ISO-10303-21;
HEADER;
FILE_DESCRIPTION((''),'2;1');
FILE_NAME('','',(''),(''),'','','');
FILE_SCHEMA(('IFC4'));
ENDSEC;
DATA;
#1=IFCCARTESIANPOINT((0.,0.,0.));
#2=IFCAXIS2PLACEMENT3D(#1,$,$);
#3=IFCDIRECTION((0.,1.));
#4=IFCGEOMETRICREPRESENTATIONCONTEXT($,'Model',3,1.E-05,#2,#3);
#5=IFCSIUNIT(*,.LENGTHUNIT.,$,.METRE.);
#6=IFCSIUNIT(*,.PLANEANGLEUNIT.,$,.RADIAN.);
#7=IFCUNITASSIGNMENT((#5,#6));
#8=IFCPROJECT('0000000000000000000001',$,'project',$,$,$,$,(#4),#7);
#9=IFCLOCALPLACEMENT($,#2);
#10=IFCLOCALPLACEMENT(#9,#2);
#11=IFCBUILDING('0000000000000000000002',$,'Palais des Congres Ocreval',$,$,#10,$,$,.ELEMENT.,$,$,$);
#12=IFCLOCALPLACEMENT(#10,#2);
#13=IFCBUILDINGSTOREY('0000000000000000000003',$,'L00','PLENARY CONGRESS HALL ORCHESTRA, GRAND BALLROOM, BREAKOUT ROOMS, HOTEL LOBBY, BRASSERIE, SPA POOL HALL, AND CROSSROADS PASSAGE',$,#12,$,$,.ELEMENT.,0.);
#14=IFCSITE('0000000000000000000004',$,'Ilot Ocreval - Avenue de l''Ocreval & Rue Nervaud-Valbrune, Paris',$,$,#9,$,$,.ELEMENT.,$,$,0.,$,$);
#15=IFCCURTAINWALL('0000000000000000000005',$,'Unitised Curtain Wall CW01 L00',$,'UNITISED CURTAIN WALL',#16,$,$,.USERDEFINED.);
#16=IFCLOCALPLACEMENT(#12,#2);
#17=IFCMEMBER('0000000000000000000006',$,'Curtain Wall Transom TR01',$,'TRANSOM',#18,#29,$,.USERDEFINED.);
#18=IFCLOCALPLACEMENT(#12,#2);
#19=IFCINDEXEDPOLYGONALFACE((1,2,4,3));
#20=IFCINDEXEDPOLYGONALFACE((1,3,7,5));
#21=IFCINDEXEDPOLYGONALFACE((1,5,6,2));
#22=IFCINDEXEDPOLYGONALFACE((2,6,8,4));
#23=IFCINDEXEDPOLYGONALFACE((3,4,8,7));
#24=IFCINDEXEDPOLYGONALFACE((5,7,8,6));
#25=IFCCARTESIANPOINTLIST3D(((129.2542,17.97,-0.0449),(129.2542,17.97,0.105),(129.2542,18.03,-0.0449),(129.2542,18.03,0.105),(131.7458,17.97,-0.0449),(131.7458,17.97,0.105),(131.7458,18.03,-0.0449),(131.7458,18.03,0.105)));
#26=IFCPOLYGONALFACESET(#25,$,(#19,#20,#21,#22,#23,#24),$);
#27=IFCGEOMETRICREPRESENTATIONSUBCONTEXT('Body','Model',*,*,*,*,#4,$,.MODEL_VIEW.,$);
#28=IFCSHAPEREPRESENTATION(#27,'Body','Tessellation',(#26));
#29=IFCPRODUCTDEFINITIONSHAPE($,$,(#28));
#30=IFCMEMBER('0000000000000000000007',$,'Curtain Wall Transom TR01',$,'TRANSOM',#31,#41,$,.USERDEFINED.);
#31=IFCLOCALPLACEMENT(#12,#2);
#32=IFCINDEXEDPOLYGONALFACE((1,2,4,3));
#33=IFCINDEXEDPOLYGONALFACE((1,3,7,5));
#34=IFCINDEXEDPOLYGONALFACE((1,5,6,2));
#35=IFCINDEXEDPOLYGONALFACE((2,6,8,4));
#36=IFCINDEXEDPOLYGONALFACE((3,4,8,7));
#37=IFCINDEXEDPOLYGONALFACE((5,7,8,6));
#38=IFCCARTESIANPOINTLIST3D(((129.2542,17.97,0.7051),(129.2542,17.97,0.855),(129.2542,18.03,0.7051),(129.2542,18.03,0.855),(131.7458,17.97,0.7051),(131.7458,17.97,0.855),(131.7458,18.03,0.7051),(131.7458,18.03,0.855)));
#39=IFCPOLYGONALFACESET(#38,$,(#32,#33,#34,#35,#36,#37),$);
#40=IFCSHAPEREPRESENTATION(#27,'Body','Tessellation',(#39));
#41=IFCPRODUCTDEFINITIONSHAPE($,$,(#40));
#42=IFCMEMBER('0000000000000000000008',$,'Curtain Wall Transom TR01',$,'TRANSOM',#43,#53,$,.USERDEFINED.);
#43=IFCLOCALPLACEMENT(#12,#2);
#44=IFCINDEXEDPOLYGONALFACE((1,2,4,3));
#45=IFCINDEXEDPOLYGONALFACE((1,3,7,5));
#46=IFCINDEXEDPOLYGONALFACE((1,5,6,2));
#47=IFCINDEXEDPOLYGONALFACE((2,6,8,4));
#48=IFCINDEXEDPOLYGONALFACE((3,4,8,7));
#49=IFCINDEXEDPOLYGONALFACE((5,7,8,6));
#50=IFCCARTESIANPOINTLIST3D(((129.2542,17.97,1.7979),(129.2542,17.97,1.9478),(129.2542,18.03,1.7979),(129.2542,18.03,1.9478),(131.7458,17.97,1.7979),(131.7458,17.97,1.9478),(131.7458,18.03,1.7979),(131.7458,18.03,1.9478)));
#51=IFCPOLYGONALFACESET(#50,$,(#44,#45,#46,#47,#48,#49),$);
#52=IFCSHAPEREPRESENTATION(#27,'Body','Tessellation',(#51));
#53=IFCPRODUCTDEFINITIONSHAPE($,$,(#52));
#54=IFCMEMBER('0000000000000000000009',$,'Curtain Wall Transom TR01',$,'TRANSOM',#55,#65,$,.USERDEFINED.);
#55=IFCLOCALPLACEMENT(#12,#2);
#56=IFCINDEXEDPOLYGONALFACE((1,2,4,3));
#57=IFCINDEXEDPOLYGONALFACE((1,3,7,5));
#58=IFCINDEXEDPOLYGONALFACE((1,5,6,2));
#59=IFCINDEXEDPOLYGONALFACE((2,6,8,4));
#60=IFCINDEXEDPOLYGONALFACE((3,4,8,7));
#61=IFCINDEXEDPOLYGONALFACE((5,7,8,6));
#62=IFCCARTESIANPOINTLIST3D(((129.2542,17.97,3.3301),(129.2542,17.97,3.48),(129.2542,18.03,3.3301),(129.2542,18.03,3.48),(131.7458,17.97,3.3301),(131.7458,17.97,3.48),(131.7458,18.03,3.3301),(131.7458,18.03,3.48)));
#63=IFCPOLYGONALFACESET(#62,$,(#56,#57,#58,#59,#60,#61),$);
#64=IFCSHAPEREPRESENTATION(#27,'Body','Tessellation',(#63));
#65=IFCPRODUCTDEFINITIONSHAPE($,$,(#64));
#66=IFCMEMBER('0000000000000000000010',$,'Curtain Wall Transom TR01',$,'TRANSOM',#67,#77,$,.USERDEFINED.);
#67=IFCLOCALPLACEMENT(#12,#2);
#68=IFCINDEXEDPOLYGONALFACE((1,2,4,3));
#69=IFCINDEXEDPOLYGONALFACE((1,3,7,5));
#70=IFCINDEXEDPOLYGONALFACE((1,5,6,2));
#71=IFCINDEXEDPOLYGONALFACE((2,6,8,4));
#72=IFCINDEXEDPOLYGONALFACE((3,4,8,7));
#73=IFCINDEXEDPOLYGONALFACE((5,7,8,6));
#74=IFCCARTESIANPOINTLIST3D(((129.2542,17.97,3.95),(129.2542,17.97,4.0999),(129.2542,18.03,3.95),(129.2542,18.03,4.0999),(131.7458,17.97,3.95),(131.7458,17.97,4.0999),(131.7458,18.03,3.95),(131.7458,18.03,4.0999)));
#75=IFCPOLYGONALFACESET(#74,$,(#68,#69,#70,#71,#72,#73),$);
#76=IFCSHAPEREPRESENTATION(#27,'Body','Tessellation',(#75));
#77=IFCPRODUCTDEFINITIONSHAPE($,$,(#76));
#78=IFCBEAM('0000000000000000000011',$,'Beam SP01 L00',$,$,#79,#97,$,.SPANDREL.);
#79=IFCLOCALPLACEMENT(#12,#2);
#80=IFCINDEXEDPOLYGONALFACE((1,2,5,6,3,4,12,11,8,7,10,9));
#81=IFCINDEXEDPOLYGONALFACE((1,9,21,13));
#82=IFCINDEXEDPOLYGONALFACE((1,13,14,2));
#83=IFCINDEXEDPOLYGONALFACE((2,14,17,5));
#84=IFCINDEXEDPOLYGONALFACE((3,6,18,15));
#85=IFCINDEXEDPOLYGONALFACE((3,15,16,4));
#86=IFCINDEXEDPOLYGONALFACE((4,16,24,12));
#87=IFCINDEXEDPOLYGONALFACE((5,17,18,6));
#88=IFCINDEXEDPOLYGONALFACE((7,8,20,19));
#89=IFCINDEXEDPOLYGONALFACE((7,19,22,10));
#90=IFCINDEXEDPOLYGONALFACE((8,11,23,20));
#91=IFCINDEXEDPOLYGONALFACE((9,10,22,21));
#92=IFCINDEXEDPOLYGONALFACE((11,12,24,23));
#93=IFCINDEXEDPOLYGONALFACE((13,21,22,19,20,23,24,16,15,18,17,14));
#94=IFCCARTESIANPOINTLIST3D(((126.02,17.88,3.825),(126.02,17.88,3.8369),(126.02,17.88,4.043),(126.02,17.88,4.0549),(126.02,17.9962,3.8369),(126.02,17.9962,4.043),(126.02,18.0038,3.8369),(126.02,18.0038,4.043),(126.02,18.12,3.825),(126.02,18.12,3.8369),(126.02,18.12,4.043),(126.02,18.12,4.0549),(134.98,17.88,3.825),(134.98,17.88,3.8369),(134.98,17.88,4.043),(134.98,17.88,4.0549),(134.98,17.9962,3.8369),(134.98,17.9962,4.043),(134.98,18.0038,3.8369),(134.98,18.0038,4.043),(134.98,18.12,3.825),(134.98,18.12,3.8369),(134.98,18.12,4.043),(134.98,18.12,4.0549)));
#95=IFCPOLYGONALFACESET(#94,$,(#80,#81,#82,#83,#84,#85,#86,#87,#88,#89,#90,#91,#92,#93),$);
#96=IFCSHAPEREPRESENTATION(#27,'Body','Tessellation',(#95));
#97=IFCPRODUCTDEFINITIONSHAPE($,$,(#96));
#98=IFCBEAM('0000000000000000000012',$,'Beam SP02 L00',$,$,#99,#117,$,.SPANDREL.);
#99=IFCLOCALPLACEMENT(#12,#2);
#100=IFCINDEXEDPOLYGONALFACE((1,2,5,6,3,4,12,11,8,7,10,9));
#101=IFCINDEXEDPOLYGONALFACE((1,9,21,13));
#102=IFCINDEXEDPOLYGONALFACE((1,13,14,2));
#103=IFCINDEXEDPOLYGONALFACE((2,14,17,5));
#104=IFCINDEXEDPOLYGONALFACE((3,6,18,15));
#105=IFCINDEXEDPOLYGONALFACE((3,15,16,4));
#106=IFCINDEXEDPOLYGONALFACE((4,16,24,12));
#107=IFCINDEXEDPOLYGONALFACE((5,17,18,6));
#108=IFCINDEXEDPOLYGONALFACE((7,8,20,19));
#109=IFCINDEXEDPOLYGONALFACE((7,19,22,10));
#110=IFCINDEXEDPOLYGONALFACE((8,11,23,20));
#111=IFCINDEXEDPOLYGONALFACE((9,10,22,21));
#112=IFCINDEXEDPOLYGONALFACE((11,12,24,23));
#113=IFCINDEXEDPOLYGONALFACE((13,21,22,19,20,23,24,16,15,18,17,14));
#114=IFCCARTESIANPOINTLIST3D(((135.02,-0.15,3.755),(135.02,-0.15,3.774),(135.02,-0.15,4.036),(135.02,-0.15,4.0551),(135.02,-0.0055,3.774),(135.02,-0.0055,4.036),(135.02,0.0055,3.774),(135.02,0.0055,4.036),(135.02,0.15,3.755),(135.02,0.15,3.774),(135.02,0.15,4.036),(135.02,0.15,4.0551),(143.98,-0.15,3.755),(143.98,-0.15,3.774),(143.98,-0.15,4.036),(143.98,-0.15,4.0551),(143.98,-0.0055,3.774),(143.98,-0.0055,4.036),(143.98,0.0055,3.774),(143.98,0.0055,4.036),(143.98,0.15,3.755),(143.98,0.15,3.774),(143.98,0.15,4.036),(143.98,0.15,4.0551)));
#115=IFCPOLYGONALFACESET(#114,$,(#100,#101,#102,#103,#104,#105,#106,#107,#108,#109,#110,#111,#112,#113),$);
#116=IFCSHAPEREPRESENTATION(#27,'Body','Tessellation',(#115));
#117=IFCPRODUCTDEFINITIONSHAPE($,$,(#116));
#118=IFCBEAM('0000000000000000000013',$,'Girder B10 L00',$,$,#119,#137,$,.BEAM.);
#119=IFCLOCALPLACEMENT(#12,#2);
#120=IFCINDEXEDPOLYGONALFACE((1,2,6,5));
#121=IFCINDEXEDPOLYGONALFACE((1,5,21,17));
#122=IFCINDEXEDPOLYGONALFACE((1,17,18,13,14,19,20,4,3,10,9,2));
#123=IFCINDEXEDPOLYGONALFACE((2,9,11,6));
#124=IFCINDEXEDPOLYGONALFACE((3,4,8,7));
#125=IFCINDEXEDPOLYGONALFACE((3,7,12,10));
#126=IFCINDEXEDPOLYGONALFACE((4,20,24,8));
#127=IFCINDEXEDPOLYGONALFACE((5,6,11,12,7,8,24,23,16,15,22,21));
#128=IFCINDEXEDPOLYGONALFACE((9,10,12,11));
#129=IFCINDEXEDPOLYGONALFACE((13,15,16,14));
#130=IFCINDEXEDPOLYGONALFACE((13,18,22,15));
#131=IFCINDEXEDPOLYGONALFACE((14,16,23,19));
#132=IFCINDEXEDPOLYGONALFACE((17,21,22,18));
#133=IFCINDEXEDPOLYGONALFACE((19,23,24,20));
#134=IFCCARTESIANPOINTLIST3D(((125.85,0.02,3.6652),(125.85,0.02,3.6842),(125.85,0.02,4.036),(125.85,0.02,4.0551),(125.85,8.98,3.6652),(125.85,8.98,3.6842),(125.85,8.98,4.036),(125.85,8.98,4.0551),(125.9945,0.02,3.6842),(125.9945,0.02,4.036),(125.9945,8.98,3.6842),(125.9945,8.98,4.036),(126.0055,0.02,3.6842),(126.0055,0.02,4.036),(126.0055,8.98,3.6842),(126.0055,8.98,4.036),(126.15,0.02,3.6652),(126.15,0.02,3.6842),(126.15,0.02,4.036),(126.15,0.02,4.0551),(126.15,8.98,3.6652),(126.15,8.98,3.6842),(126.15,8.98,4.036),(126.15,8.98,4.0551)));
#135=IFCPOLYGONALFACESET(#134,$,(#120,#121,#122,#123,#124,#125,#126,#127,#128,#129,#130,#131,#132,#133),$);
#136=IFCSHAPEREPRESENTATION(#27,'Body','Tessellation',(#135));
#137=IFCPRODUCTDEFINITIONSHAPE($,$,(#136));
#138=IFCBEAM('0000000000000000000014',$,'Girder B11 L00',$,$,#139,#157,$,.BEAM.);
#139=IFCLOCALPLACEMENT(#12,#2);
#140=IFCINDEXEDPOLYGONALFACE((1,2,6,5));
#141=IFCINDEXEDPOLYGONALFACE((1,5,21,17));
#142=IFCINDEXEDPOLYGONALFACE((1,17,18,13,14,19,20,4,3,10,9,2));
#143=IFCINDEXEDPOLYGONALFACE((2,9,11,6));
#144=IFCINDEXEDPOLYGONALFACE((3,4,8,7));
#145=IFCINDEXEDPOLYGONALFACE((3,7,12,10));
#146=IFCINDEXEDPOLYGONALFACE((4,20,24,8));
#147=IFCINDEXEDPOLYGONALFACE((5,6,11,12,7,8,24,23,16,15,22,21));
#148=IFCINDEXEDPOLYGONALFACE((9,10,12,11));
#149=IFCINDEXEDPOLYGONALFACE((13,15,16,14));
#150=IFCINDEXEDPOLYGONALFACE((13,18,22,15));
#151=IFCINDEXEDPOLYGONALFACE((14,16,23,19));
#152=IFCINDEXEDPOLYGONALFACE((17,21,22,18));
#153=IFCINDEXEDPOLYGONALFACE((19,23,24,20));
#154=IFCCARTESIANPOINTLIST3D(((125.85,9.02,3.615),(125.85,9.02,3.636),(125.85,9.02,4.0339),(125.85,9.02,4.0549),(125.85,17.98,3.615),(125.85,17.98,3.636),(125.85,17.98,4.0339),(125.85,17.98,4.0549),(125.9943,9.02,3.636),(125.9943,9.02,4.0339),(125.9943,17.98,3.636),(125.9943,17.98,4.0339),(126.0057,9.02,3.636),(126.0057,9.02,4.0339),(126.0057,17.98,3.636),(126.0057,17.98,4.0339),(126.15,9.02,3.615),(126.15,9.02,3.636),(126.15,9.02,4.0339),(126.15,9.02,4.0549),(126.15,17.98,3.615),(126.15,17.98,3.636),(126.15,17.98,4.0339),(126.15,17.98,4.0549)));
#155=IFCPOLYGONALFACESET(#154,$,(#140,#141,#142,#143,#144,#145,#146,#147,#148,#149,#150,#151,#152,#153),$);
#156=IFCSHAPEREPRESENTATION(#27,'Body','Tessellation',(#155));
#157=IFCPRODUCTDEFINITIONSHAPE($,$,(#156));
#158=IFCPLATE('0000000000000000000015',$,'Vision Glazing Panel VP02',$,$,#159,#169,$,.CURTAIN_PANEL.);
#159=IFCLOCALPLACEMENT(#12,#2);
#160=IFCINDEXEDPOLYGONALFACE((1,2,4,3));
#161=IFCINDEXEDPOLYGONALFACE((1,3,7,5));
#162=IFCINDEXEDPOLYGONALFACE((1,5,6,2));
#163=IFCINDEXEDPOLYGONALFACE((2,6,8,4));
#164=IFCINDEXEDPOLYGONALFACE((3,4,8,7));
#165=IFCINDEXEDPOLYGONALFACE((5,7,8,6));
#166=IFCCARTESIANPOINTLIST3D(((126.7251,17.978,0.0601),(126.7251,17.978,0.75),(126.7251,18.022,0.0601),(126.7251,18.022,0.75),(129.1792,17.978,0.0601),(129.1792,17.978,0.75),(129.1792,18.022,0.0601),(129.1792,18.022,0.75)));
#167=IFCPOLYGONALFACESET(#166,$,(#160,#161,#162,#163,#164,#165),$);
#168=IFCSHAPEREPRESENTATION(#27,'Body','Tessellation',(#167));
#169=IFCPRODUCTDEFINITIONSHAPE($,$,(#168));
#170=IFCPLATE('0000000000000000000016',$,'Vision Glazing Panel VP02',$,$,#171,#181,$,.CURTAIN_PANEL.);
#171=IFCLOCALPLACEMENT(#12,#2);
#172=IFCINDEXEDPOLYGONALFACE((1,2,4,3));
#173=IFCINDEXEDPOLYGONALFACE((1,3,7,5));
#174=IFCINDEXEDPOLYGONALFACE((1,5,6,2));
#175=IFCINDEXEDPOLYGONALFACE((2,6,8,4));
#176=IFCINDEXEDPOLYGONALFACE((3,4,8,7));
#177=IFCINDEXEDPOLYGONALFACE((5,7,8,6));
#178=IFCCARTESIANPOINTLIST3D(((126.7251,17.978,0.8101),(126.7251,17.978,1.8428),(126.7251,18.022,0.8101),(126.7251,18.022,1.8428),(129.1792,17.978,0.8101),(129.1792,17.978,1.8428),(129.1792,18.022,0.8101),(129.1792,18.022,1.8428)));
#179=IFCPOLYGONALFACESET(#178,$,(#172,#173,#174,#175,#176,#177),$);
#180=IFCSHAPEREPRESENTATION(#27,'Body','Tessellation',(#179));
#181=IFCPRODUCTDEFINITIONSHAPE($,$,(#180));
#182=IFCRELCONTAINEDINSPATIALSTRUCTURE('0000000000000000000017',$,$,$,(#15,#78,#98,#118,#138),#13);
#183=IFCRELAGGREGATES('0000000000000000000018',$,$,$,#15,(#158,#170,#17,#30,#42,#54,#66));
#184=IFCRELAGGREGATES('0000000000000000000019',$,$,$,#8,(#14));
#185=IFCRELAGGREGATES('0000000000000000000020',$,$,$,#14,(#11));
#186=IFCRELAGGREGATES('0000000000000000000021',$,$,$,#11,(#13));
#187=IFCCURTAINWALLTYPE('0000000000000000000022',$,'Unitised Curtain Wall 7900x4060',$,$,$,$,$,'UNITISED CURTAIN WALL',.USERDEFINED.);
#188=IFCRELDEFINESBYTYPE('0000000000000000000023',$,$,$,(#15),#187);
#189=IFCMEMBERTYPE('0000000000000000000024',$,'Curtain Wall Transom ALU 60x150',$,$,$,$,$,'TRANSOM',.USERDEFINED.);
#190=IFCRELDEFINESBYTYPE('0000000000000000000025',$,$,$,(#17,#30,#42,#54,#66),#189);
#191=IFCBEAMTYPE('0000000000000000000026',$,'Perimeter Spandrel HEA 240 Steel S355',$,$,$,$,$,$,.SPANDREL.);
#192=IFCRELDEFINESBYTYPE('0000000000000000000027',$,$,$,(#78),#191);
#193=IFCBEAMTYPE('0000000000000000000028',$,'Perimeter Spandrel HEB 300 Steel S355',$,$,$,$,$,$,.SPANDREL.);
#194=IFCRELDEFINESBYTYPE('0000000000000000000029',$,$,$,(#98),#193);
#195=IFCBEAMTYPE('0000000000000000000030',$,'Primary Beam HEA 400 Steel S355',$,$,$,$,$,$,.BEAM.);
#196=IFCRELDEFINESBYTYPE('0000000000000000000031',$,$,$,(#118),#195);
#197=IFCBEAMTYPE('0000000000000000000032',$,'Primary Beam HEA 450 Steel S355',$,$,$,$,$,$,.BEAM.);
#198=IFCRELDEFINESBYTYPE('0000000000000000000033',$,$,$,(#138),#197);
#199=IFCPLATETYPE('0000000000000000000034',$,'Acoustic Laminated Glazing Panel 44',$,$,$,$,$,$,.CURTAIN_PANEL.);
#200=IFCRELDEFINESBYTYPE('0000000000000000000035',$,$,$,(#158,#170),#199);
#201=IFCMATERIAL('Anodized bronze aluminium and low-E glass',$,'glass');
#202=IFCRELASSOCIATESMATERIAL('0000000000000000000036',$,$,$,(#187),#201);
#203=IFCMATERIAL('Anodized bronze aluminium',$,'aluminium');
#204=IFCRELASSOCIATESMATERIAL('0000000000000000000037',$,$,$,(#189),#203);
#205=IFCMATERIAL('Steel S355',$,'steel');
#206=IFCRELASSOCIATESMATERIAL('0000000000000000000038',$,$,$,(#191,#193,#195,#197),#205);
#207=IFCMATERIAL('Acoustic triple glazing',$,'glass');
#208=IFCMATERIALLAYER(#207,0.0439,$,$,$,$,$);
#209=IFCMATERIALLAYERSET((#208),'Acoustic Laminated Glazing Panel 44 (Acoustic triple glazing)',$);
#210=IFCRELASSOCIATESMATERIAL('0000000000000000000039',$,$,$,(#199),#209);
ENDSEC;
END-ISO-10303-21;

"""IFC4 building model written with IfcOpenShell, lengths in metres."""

from ifc_helpers import new_model, si_unit, direction, frame, origin, origin_2d, place, context, subcontext, project, spatial, rectangle, i_section, extrude, material, layer, layer_set, material_profile, profile_set, type_object, element, aggregate, save


model = new_model("IFC4")

# Units and contexts
model_context = context("Model", 3, precision=1e-05, world=origin(), true_north=direction((0.0, 1.0)))
body_context = subcontext(model_context, "Body", "Model", "MODEL_VIEW")
ifc_project = project(units=[si_unit("LENGTHUNIT", "METRE"), si_unit("PLANEANGLEUNIT", "RADIAN")], contexts=[model_context])

# Site, building, storey
site_placement = place(None, origin())
site = spatial("IfcSite", under=ifc_project, at=site_placement, Name="Ilot Ocreval - Avenue de l'Ocreval & Rue Nervaud-Valbrune, Paris", CompositionType="ELEMENT", RefElevation=0.0)
building_placement = place(site_placement, origin())
building = spatial("IfcBuilding", under=site, at=building_placement, Name="Palais des Congres Ocreval", CompositionType="ELEMENT")
storey_placement = place(building_placement, origin())
storey = spatial("IfcBuildingStorey", under=building, at=storey_placement, Name="L00", Description="PLENARY CONGRESS HALL ORCHESTRA, GRAND BALLROOM, BREAKOUT ROOMS, HOTEL LOBBY, BRASSERIE, SPA POOL HALL, AND CROSSROADS PASSAGE", CompositionType="ELEMENT", Elevation=0.0)

# Shared definitions
ifc_material_1 = material(Name="Steel S355", Category="steel")

# Curtain wall, members
ifc_material_2 = material(Name="Anodized bronze aluminium and low-E glass", Category="glass")
curtain_wall_type = type_object("IfcCurtainWallType", Name="Unitised Curtain Wall 7900x4060", ElementType="UNITISED CURTAIN WALL", PredefinedType="USERDEFINED", material=ifc_material_2)
curtain_wall_placement = place(storey_placement, origin())
curtain_wall = element("IfcCurtainWall", 1, at=curtain_wall_placement, inside=storey, type_object=curtain_wall_type, Name="Unitised Curtain Wall CW01 L00", ObjectType="UNITISED CURTAIN WALL", PredefinedType="USERDEFINED")
ifc_material_3 = material(Name="Anodized bronze aluminium", Category="aluminium")
ifc_material_profile_1 = material_profile(ifc_material_3, rectangle(XDim=0.0601, YDim=0.1499, at=origin_2d()), Name="ALU 60x150")
ifc_profile_set_1 = profile_set([ifc_material_profile_1], Name="Anodized bronze aluminium")
member_type_1 = type_object("IfcMemberType", Name="Curtain Wall Transom ALU 60x150", ElementType="TRANSOM", PredefinedType="USERDEFINED", material=ifc_profile_set_1)
member_1_placement = place(storey_placement, frame((129.2542, 18.0, 0.03), z_axis=(1.0, 0.0, 0.0), x_axis=(0.0, 1.0, 0.0)))
member_1 = element("IfcMember", 2, at=member_1_placement, type_object=member_type_1, Name="Curtain Wall Transom TR01", ObjectType="TRANSOM", PredefinedType="USERDEFINED", context=body_context, shape_type="SweptSolid", body=[
    extrude(rectangle(XDim=0.0601, YDim=0.1499, at=origin_2d()), origin(), (0.0, 0.0, 1.0), 2.4917),
])
member_2_placement = place(storey_placement, frame((129.2542, 18.0, 0.78), z_axis=(1.0, 0.0, 0.0), x_axis=(0.0, 1.0, 0.0)))
member_2 = element("IfcMember", 3, at=member_2_placement, type_object=member_type_1, Name="Curtain Wall Transom TR01", ObjectType="TRANSOM", PredefinedType="USERDEFINED", context=body_context, shape_type="SweptSolid", body=[
    extrude(rectangle(XDim=0.0601, YDim=0.1499, at=origin_2d()), origin(), (0.0, 0.0, 1.0), 2.4917),
])
member_3_placement = place(storey_placement, frame((129.2542, 18.0, 1.8728), z_axis=(1.0, 0.0, 0.0), x_axis=(0.0, 1.0, 0.0)))
member_3 = element("IfcMember", 4, at=member_3_placement, type_object=member_type_1, Name="Curtain Wall Transom TR01", ObjectType="TRANSOM", PredefinedType="USERDEFINED", context=body_context, shape_type="SweptSolid", body=[
    extrude(rectangle(XDim=0.0601, YDim=0.1499, at=origin_2d()), origin(), (0.0, 0.0, 1.0), 2.4917),
])
member_4_placement = place(storey_placement, frame((129.2542, 18.0, 3.405), z_axis=(1.0, 0.0, 0.0), x_axis=(0.0, 1.0, 0.0)))
member_4 = element("IfcMember", 5, at=member_4_placement, type_object=member_type_1, Name="Curtain Wall Transom TR01", ObjectType="TRANSOM", PredefinedType="USERDEFINED", context=body_context, shape_type="SweptSolid", body=[
    extrude(rectangle(XDim=0.0601, YDim=0.1499, at=origin_2d()), origin(), (0.0, 0.0, 1.0), 2.4917),
])
member_5_placement = place(storey_placement, frame((129.2542, 18.0, 4.0249), z_axis=(1.0, 0.0, 0.0), x_axis=(0.0, 1.0, 0.0)))
member_5 = element("IfcMember", 6, at=member_5_placement, type_object=member_type_1, Name="Curtain Wall Transom TR01", ObjectType="TRANSOM", PredefinedType="USERDEFINED", context=body_context, shape_type="SweptSolid", body=[
    extrude(rectangle(XDim=0.0601, YDim=0.1499, at=origin_2d()), origin(), (0.0, 0.0, 1.0), 2.4917),
])

# Beams
ifc_material_profile_2 = material_profile(ifc_material_1, i_section(OverallWidth=0.24, OverallDepth=0.23, WebThickness=0.0076, FlangeThickness=0.012, at=origin_2d()), Name="HEA 240")
ifc_profile_set_2 = profile_set([ifc_material_profile_2], Name="Steel S355")
beam_type_1 = type_object("IfcBeamType", Name="Perimeter Spandrel HEA 240 Steel S355", PredefinedType="SPANDREL", material=ifc_profile_set_2)
beam_1_placement = place(storey_placement, frame((126.02, 18.0, 3.9399), z_axis=(1.0, 0.0, 0.0), x_axis=(0.0, 1.0, 0.0)))
element("IfcBeam", 7, at=beam_1_placement, inside=storey, type_object=beam_type_1, Name="Beam SP01 L00", PredefinedType="SPANDREL", context=body_context, shape_type="SweptSolid", body=[
    extrude(i_section(OverallWidth=0.24, OverallDepth=0.23, WebThickness=0.0076, FlangeThickness=0.012, at=origin_2d()), origin(), (0.0, 0.0, 1.0), 8.96),
])
ifc_material_profile_3 = material_profile(ifc_material_1, i_section(OverallWidth=0.3, OverallDepth=0.3, WebThickness=0.011, FlangeThickness=0.019, at=origin_2d()), Name="HEB 300")
ifc_profile_set_3 = profile_set([ifc_material_profile_3], Name="Steel S355")
beam_type_2 = type_object("IfcBeamType", Name="Perimeter Spandrel HEB 300 Steel S355", PredefinedType="SPANDREL", material=ifc_profile_set_3)
beam_2_placement = place(storey_placement, frame((135.02, 0.0, 3.905), z_axis=(1.0, 0.0, 0.0), x_axis=(0.0, 1.0, 0.0)))
element("IfcBeam", 8, at=beam_2_placement, inside=storey, type_object=beam_type_2, Name="Beam SP02 L00", PredefinedType="SPANDREL", context=body_context, shape_type="SweptSolid", body=[
    extrude(i_section(OverallWidth=0.3, OverallDepth=0.3, WebThickness=0.011, FlangeThickness=0.019, at=origin_2d()), origin(), (0.0, 0.0, 1.0), 8.96),
])
ifc_material_profile_4 = material_profile(ifc_material_1, i_section(OverallWidth=0.3, OverallDepth=0.3899, WebThickness=0.011, FlangeThickness=0.019, at=origin_2d()), Name="HEA 400")
ifc_profile_set_4 = profile_set([ifc_material_profile_4], Name="Steel S355")
beam_type_3 = type_object("IfcBeamType", Name="Primary Beam HEA 400 Steel S355", PredefinedType="BEAM", material=ifc_profile_set_4)
beam_3_placement = place(storey_placement, frame((126.0, 0.02, 3.8601), z_axis=(0.0, 1.0, 0.0), x_axis=(-1.0, 0.0, 0.0)))
element("IfcBeam", 9, at=beam_3_placement, inside=storey, type_object=beam_type_3, Name="Girder B10 L00", PredefinedType="BEAM", context=body_context, shape_type="SweptSolid", body=[
    extrude(i_section(OverallWidth=0.3, OverallDepth=0.3899, WebThickness=0.011, FlangeThickness=0.019, at=origin_2d()), origin(), (0.0, 0.0, 1.0), 8.96),
])
ifc_material_profile_5 = material_profile(ifc_material_1, i_section(OverallWidth=0.3, OverallDepth=0.4399, WebThickness=0.0115, FlangeThickness=0.021, at=origin_2d()), Name="HEA 450")
ifc_profile_set_5 = profile_set([ifc_material_profile_5], Name="Steel S355")
beam_type_4 = type_object("IfcBeamType", Name="Primary Beam HEA 450 Steel S355", PredefinedType="BEAM", material=ifc_profile_set_5)
beam_4_placement = place(storey_placement, frame((126.0, 9.02, 3.835), z_axis=(0.0, 1.0, 0.0), x_axis=(-1.0, 0.0, 0.0)))
element("IfcBeam", 10, at=beam_4_placement, inside=storey, type_object=beam_type_4, Name="Girder B11 L00", PredefinedType="BEAM", context=body_context, shape_type="SweptSolid", body=[
    extrude(i_section(OverallWidth=0.3, OverallDepth=0.4399, WebThickness=0.0115, FlangeThickness=0.021, at=origin_2d()), origin(), (0.0, 0.0, 1.0), 8.96),
])

# Plates
ifc_material_4 = material(Name="Acoustic triple glazing", Category="glass")
ifc_layer_1 = layer(ifc_material_4, 0.0439)
ifc_layer_set_1 = layer_set([ifc_layer_1], Name="Acoustic Laminated Glazing Panel 44 (Acoustic triple glazing)")
plate_type_1 = type_object("IfcPlateType", Name="Acoustic Laminated Glazing Panel 44", PredefinedType="CURTAIN_PANEL", material=ifc_layer_set_1)
plate_1_placement = place(storey_placement, frame((127.9521, 18.0, 0.0601), z_axis=(0.0, 0.0, 1.0), x_axis=(1.0, 0.0, 0.0)))
plate_1 = element("IfcPlate", 11, at=plate_1_placement, type_object=plate_type_1, Name="Vision Glazing Panel VP02", PredefinedType="CURTAIN_PANEL", context=body_context, shape_type="SweptSolid", body=[
    extrude(rectangle(XDim=2.4541, YDim=0.0439, at=origin_2d()), origin(), (0.0, 0.0, 1.0), 0.6899),
])
plate_2_placement = place(storey_placement, frame((127.9521, 18.0, 0.8101), z_axis=(0.0, 0.0, 1.0), x_axis=(1.0, 0.0, 0.0)))
plate_2 = element("IfcPlate", 12, at=plate_2_placement, type_object=plate_type_1, Name="Vision Glazing Panel VP02", PredefinedType="CURTAIN_PANEL", context=body_context, shape_type="SweptSolid", body=[
    extrude(rectangle(XDim=2.4541, YDim=0.0439, at=origin_2d()), origin(), (0.0, 0.0, 1.0), 1.0327),
])
aggregate(curtain_wall, [plate_1, plate_2, member_1, member_2, member_3, member_4, member_5])

save(model, "model.ifc")
